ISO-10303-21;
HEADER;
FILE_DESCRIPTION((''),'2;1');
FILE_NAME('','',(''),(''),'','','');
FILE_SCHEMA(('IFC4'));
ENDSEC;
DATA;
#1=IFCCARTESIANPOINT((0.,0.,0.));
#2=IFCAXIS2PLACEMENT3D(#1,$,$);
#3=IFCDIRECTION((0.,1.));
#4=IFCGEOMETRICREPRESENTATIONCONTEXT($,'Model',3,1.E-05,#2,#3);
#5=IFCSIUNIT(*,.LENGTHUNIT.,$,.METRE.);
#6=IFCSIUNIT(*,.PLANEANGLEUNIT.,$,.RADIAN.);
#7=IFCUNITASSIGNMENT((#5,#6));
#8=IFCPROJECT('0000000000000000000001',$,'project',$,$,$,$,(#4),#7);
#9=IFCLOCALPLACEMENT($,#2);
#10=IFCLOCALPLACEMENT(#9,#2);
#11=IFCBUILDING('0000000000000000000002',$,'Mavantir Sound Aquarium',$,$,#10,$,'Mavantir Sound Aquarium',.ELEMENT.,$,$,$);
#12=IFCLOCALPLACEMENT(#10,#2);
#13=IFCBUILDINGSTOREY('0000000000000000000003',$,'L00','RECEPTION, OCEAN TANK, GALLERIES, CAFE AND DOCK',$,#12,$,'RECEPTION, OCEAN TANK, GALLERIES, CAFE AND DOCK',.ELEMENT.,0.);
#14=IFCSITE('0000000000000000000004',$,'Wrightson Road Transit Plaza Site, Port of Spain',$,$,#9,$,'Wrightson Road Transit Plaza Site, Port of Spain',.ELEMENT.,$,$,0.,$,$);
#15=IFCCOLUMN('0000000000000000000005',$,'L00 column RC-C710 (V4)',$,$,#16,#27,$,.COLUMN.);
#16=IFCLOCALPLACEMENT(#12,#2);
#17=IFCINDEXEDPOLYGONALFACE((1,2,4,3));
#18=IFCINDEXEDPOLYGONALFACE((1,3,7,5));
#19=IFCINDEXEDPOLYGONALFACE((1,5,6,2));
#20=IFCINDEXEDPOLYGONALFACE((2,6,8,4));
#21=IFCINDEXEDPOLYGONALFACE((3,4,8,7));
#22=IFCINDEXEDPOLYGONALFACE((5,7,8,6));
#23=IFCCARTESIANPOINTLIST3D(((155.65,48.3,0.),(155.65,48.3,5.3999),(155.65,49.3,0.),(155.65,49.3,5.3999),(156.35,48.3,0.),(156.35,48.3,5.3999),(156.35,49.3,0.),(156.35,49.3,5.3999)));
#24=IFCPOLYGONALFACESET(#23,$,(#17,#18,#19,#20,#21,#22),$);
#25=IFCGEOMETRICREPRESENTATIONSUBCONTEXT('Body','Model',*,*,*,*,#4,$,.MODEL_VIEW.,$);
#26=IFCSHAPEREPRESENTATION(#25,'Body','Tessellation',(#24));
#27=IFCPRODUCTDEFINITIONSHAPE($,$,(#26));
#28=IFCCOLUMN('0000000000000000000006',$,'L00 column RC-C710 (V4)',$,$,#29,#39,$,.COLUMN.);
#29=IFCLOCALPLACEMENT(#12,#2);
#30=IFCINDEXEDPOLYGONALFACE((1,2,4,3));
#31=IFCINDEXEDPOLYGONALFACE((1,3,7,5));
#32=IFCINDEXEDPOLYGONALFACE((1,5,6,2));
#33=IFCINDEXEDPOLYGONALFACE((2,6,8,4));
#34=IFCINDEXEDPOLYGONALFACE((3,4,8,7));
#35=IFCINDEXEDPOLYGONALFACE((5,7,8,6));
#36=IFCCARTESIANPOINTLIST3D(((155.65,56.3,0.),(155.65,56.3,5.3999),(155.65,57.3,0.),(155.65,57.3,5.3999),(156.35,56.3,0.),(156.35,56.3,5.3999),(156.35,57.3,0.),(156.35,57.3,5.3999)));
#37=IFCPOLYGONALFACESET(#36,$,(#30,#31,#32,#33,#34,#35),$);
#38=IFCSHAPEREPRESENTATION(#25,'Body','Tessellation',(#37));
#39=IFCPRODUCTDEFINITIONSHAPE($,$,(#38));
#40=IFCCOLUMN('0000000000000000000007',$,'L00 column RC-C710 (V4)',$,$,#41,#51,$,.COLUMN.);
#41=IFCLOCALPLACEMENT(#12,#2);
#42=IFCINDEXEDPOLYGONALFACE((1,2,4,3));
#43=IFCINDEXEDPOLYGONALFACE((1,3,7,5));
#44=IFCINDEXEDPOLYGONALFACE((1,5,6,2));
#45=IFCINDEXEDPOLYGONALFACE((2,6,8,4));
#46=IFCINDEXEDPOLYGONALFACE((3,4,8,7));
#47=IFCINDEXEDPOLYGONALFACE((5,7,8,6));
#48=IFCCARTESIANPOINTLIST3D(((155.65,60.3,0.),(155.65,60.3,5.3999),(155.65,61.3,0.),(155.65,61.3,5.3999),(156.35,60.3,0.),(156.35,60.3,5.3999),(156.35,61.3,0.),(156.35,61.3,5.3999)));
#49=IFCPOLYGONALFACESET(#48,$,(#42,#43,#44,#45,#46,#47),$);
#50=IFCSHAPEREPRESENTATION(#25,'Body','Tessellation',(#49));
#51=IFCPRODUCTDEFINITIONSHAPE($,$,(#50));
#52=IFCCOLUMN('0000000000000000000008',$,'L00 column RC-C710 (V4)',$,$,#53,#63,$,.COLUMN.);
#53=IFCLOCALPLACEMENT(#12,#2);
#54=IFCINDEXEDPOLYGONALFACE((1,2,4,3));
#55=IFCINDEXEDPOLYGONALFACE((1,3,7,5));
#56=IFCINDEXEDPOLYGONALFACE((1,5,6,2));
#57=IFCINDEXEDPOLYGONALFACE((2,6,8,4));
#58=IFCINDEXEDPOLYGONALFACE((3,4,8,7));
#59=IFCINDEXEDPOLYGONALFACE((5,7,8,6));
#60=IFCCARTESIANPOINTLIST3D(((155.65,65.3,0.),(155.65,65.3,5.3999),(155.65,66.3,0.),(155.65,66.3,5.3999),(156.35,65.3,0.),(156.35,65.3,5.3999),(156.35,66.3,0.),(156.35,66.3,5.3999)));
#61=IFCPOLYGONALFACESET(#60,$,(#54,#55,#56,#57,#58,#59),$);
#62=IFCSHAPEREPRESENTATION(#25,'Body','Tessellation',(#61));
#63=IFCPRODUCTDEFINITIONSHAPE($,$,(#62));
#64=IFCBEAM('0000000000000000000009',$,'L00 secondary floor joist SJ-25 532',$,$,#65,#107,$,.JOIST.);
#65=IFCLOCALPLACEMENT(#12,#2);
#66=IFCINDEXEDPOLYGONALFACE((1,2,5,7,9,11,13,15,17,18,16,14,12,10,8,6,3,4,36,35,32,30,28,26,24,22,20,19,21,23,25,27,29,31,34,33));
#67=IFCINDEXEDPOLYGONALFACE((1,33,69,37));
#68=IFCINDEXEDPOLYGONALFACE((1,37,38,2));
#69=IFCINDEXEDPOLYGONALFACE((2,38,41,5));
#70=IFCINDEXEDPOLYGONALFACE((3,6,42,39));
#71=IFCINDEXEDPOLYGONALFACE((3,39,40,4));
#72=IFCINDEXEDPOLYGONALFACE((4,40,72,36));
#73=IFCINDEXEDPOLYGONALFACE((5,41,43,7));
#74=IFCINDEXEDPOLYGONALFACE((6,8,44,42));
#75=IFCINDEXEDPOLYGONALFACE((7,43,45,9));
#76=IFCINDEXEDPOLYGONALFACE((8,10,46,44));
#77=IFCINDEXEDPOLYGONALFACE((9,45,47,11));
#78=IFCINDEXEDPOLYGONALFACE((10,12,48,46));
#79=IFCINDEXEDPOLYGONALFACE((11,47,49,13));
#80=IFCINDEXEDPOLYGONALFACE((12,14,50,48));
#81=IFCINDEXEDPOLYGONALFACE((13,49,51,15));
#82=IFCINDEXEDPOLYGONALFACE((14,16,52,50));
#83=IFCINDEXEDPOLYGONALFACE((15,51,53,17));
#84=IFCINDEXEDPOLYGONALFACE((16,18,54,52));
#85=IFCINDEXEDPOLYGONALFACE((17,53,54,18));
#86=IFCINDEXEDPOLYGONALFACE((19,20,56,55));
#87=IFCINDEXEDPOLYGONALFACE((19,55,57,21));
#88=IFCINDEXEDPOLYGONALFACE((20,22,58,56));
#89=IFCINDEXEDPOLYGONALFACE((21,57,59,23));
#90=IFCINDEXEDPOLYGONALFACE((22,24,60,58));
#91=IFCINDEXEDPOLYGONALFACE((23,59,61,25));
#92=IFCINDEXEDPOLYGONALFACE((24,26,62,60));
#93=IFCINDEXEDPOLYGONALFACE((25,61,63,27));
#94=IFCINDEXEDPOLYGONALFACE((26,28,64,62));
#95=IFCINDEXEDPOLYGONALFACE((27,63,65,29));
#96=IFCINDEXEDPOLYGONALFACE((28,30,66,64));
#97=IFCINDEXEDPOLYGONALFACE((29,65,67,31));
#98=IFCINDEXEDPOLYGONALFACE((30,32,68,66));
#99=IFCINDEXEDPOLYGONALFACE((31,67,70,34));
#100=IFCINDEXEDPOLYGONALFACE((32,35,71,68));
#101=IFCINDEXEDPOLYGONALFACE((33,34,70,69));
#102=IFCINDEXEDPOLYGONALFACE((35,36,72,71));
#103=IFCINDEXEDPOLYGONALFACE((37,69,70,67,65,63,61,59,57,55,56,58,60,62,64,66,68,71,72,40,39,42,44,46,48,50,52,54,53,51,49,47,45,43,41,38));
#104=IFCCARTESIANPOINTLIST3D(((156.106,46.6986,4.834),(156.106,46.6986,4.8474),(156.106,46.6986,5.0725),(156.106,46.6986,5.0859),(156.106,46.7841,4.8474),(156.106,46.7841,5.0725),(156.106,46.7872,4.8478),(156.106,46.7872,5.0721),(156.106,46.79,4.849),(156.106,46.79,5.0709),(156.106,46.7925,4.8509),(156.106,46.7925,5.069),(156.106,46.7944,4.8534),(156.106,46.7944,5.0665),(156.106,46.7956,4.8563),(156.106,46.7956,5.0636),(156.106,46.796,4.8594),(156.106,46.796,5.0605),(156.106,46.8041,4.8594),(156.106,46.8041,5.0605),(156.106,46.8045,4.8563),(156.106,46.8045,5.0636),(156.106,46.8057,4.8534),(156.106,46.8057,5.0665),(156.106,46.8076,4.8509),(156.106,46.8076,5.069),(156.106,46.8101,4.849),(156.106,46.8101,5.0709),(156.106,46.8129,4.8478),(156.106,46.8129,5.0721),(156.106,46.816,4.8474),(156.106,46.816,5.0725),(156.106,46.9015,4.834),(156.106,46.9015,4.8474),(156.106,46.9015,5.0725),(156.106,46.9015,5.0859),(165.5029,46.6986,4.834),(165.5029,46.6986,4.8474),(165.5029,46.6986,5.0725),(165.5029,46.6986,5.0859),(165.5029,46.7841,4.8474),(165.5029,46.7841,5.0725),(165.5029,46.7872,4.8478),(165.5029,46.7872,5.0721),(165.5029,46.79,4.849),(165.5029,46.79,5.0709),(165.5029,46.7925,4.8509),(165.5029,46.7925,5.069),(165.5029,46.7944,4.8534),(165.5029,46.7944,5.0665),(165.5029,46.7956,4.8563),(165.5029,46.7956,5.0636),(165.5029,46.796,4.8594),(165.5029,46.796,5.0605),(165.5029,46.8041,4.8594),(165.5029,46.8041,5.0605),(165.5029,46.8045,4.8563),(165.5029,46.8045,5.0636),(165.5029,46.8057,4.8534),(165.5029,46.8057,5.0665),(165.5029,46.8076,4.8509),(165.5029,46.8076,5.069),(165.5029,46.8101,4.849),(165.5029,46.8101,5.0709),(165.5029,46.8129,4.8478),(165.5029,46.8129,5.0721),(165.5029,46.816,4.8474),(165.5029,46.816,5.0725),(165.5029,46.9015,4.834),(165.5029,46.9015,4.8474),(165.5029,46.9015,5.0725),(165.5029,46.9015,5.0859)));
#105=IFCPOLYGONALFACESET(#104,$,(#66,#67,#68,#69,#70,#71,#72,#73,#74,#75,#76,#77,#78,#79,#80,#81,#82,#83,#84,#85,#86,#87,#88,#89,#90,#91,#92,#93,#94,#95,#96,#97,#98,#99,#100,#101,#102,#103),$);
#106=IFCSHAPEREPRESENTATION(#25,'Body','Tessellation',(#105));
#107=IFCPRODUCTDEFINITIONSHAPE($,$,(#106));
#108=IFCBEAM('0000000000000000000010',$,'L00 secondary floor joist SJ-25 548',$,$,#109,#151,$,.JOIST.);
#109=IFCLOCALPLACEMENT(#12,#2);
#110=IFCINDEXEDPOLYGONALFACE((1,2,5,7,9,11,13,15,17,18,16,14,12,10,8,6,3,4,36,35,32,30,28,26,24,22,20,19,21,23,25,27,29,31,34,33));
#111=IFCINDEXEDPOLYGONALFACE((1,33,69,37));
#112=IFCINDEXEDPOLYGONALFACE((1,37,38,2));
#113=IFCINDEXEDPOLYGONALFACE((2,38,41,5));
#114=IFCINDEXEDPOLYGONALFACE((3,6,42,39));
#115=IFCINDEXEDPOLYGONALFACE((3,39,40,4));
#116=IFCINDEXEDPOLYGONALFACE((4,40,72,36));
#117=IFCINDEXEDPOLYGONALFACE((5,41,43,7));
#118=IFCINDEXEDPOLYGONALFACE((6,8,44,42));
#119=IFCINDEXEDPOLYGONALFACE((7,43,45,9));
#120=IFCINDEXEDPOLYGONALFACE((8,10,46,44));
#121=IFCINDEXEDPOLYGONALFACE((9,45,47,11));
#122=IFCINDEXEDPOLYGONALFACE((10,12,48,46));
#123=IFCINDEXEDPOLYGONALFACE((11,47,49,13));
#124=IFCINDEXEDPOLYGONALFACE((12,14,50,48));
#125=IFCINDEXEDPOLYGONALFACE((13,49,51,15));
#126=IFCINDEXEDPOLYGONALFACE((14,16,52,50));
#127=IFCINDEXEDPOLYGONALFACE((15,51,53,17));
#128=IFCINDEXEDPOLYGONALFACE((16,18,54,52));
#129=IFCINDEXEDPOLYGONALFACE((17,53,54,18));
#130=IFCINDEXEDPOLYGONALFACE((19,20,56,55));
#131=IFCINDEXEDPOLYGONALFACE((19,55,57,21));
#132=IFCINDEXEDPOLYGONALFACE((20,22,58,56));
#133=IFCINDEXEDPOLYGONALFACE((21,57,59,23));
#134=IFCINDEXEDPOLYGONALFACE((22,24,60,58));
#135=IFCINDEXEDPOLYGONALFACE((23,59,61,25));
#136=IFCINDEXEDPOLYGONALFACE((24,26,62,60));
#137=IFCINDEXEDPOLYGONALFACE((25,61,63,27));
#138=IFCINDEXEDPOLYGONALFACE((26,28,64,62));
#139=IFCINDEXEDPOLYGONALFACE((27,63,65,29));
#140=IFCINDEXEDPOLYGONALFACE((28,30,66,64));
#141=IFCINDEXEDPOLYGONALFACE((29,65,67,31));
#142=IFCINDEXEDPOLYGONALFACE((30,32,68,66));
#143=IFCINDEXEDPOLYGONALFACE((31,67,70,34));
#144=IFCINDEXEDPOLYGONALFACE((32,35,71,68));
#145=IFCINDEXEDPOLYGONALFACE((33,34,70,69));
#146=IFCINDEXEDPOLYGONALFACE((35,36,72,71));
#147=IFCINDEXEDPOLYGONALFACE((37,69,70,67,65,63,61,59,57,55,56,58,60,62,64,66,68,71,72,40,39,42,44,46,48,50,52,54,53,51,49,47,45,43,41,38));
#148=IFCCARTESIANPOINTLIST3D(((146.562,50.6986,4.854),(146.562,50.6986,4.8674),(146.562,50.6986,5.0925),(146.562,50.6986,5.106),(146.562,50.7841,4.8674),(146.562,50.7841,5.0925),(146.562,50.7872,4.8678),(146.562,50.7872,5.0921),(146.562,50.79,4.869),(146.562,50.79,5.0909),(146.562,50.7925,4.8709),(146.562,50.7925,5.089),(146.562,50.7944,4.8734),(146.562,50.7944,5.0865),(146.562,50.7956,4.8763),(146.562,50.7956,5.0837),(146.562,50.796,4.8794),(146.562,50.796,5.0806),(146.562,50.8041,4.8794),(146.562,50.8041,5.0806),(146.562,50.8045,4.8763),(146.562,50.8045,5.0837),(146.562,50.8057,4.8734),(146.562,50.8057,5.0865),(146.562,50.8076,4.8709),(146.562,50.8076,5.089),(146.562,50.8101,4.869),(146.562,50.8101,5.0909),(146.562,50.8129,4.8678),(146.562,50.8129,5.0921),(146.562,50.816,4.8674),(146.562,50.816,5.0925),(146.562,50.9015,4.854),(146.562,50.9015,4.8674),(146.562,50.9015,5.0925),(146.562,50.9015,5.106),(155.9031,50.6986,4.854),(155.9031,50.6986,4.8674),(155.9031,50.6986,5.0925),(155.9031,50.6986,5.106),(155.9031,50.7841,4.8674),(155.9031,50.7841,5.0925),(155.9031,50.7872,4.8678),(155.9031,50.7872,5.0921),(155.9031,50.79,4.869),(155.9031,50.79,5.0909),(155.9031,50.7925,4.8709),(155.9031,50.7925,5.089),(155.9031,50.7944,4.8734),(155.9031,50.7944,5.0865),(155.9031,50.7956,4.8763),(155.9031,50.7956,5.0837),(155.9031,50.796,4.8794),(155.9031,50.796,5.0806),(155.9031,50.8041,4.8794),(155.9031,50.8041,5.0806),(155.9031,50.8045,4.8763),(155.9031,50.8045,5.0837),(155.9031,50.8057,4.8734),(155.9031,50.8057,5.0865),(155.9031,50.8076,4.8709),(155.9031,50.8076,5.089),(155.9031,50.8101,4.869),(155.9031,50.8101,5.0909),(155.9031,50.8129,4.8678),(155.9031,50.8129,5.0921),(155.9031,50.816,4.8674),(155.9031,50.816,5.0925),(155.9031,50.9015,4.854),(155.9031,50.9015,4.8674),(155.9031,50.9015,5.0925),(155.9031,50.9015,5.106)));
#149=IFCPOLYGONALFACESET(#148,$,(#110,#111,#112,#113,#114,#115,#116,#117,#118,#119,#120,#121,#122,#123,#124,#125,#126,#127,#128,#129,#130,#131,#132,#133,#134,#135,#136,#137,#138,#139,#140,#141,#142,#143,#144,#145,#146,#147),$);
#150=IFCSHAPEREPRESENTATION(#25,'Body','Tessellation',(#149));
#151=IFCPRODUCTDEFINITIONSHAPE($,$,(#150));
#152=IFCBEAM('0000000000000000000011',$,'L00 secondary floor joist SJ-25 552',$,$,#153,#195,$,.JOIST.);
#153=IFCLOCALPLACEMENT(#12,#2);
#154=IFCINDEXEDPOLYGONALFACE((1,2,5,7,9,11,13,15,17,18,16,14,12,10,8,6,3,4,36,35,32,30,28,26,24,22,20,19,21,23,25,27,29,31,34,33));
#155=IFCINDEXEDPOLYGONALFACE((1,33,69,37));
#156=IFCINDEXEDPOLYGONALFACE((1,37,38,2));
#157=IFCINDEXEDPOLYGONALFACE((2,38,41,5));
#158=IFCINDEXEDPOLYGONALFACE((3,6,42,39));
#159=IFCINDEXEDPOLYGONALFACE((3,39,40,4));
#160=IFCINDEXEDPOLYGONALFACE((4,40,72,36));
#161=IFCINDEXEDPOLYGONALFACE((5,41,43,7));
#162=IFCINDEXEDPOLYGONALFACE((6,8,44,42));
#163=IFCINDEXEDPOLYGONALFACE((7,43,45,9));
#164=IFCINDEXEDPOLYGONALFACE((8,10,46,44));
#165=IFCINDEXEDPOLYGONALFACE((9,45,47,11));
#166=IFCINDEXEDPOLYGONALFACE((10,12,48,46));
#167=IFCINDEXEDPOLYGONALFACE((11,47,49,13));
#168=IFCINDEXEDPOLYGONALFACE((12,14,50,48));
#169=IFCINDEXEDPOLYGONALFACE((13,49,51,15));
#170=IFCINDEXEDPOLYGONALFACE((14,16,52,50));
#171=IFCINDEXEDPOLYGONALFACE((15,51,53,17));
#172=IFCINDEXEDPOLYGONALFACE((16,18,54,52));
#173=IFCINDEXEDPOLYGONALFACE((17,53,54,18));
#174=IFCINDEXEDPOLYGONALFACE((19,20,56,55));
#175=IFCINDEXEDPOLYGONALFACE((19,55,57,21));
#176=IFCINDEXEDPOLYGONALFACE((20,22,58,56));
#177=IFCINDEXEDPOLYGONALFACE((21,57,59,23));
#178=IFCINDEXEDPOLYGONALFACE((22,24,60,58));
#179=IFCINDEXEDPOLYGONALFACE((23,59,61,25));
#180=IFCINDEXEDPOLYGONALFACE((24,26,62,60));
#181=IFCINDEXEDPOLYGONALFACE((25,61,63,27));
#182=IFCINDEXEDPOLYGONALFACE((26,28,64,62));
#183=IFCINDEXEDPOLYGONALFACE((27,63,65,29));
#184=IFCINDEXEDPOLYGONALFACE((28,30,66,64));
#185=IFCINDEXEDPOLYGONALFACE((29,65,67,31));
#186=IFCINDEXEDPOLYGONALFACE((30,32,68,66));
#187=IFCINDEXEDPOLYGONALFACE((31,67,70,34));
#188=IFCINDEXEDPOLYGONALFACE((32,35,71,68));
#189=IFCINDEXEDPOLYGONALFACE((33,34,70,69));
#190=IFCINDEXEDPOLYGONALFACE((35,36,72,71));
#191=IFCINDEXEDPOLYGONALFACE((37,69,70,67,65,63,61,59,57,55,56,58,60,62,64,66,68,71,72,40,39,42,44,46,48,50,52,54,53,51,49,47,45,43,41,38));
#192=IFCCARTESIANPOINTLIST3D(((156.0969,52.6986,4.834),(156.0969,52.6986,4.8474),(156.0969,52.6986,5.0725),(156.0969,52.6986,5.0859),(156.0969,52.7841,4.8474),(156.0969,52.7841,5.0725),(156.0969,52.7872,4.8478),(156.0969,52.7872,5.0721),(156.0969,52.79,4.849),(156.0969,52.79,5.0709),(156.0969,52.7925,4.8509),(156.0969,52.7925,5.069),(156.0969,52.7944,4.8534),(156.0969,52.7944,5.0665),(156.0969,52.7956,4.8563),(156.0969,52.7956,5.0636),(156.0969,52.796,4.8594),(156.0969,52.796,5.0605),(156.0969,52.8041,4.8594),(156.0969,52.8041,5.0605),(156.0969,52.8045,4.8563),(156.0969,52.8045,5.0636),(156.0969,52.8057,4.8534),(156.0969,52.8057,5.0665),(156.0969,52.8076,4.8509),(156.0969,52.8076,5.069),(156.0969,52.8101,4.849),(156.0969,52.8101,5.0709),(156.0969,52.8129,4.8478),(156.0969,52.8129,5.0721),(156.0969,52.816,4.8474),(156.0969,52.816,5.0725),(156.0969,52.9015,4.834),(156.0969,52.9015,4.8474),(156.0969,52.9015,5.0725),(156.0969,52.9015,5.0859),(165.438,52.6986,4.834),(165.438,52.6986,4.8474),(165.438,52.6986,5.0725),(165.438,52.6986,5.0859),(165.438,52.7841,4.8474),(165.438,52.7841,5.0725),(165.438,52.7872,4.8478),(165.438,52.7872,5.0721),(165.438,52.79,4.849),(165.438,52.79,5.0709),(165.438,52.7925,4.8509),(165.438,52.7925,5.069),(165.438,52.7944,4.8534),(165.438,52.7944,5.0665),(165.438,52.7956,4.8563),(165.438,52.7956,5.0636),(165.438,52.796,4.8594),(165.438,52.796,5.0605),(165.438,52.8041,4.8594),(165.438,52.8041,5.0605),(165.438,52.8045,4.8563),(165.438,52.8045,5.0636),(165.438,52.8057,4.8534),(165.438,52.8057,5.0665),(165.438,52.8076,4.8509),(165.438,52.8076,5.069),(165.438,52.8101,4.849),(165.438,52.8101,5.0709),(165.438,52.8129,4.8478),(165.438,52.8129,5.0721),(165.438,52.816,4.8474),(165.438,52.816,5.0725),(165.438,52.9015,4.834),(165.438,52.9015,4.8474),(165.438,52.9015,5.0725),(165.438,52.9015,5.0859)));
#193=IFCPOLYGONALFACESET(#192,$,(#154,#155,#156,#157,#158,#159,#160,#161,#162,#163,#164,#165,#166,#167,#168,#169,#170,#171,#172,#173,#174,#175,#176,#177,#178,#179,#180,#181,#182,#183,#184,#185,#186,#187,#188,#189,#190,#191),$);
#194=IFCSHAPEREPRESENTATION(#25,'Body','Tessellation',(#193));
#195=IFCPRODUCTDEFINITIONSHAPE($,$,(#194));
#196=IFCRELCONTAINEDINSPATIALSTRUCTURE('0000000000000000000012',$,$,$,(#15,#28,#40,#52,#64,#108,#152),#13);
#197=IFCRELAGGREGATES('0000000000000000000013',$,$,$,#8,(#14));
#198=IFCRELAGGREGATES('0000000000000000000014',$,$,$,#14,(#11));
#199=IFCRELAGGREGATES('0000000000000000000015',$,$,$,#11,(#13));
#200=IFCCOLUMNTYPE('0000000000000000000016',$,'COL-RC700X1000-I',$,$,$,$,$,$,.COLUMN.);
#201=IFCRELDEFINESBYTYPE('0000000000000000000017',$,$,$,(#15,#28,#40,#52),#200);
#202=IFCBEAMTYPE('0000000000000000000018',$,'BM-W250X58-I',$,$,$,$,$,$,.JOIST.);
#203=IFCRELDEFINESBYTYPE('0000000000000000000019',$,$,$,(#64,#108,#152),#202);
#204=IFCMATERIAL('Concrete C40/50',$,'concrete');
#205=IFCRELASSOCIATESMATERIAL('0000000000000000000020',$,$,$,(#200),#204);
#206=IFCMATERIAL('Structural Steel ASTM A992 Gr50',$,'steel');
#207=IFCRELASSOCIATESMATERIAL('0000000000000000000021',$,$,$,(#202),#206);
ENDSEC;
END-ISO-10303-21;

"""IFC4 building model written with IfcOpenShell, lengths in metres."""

from ifc_helpers import new_model, si_unit, direction, frame, origin, origin_2d, place, context, subcontext, project, spatial, rectangle, i_section, extrude, material, material_profile, profile_set, type_object, element, save


model = new_model("IFC4")

# Units and contexts
model_context = context("Model", 3, precision=1e-05, world=origin(), true_north=direction((0.0, 1.0)))
body_context = subcontext(model_context, "Body", "Model", "MODEL_VIEW")
ifc_project = project(units=[si_unit("LENGTHUNIT", "METRE"), si_unit("PLANEANGLEUNIT", "RADIAN")], contexts=[model_context])

# Site, building, storey
site_placement = place(None, origin())
site = spatial("IfcSite", under=ifc_project, at=site_placement, Name="Wrightson Road Transit Plaza Site, Port of Spain", LongName="Wrightson Road Transit Plaza Site, Port of Spain", CompositionType="ELEMENT", RefElevation=0.0)
building_placement = place(site_placement, origin())
building = spatial("IfcBuilding", under=site, at=building_placement, Name="Mavantir Sound Aquarium", LongName="Mavantir Sound Aquarium", CompositionType="ELEMENT")
storey_placement = place(building_placement, origin())
storey = spatial("IfcBuildingStorey", under=building, at=storey_placement, Name="L00", Description="RECEPTION, OCEAN TANK, GALLERIES, CAFE AND DOCK", LongName="RECEPTION, OCEAN TANK, GALLERIES, CAFE AND DOCK", CompositionType="ELEMENT", Elevation=0.0)

# Columns
ifc_material_1 = material(Name="Concrete C40/50", Category="concrete")
ifc_material_profile_1 = material_profile(ifc_material_1, rectangle(XDim=0.7, YDim=1.0, at=origin_2d()), Name="RC 700X1000")
ifc_profile_set_1 = profile_set([ifc_material_profile_1], Name="Concrete C40/50")
column_type = type_object("IfcColumnType", Name="COL-RC700X1000-I", PredefinedType="COLUMN", material=ifc_profile_set_1)
for number, where, z_axis, x_axis, name in (
    (1, (156.0, 48.8, 0.0), (0.0, 0.0, 1.0), (1.0, 0.0, 0.0), "L00 column RC-C710 (V4)"),
    (2, (156.0, 56.8, 0.0), (0.0, 0.0, 1.0), (1.0, 0.0, 0.0), "L00 column RC-C710 (V4)"),
    (3, (156.0, 60.8, 0.0), (0.0, 0.0, 1.0), (1.0, 0.0, 0.0), "L00 column RC-C710 (V4)"),
    (4, (156.0, 65.8, 0.0), (0.0, 0.0, 1.0), (1.0, 0.0, 0.0), "L00 column RC-C710 (V4)"),
):
    element("IfcColumn", number, at=place(storey_placement, frame(where, z_axis=z_axis, x_axis=x_axis)), inside=storey, type_object=column_type, Name=name, PredefinedType="COLUMN", context=body_context, shape_type="SweptSolid", body=[
        extrude(rectangle(XDim=0.7, YDim=1.0, at=origin_2d()), origin(), (0.0, 0.0, 1.0), 5.3999),
    ])

# Beams
ifc_material_2 = material(Name="Structural Steel ASTM A992 Gr50", Category="steel")
ifc_material_profile_2 = material_profile(ifc_material_2, i_section(OverallWidth=0.2029, OverallDepth=0.252, WebThickness=0.0081, FlangeThickness=0.0134, FilletRadius=0.012, at=origin_2d()), Name="W250X58")
ifc_profile_set_2 = profile_set([ifc_material_profile_2], Name="Structural Steel ASTM A992 Gr50")
beam_type_1 = type_object("IfcBeamType", Name="BM-W250X58-I", PredefinedType="JOIST", material=ifc_profile_set_2)
beam_1_placement = place(storey_placement, frame((156.106, 46.8, 4.96), z_axis=(1.0, 0.0, 0.0), x_axis=(0.0, 1.0, 0.0)))
element("IfcBeam", 5, at=beam_1_placement, inside=storey, type_object=beam_type_1, Name="L00 secondary floor joist SJ-25 532", PredefinedType="JOIST", context=body_context, shape_type="SweptSolid", body=[
    extrude(i_section(OverallWidth=0.2029, OverallDepth=0.252, WebThickness=0.0081, FlangeThickness=0.0134, FilletRadius=0.012, at=origin_2d()), origin(), (0.0, 0.0, 1.0), 9.397),
])
for number, where, z_axis, x_axis, name in (
    (6, (146.562, 50.8, 4.98), (1.0, 0.0, 0.0), (0.0, 1.0, 0.0), "L00 secondary floor joist SJ-25 548"),
    (7, (156.0969, 52.8, 4.96), (1.0, 0.0, 0.0), (0.0, 1.0, 0.0), "L00 secondary floor joist SJ-25 552"),
):
    element("IfcBeam", number, at=place(storey_placement, frame(where, z_axis=z_axis, x_axis=x_axis)), inside=storey, type_object=beam_type_1, Name=name, PredefinedType="JOIST", context=body_context, shape_type="SweptSolid", body=[
        extrude(i_section(OverallWidth=0.2029, OverallDepth=0.252, WebThickness=0.0081, FlangeThickness=0.0134, FilletRadius=0.012, at=origin_2d()), origin(), (0.0, 0.0, 1.0), 9.3411),
    ])

save(model, "model.ifc")
